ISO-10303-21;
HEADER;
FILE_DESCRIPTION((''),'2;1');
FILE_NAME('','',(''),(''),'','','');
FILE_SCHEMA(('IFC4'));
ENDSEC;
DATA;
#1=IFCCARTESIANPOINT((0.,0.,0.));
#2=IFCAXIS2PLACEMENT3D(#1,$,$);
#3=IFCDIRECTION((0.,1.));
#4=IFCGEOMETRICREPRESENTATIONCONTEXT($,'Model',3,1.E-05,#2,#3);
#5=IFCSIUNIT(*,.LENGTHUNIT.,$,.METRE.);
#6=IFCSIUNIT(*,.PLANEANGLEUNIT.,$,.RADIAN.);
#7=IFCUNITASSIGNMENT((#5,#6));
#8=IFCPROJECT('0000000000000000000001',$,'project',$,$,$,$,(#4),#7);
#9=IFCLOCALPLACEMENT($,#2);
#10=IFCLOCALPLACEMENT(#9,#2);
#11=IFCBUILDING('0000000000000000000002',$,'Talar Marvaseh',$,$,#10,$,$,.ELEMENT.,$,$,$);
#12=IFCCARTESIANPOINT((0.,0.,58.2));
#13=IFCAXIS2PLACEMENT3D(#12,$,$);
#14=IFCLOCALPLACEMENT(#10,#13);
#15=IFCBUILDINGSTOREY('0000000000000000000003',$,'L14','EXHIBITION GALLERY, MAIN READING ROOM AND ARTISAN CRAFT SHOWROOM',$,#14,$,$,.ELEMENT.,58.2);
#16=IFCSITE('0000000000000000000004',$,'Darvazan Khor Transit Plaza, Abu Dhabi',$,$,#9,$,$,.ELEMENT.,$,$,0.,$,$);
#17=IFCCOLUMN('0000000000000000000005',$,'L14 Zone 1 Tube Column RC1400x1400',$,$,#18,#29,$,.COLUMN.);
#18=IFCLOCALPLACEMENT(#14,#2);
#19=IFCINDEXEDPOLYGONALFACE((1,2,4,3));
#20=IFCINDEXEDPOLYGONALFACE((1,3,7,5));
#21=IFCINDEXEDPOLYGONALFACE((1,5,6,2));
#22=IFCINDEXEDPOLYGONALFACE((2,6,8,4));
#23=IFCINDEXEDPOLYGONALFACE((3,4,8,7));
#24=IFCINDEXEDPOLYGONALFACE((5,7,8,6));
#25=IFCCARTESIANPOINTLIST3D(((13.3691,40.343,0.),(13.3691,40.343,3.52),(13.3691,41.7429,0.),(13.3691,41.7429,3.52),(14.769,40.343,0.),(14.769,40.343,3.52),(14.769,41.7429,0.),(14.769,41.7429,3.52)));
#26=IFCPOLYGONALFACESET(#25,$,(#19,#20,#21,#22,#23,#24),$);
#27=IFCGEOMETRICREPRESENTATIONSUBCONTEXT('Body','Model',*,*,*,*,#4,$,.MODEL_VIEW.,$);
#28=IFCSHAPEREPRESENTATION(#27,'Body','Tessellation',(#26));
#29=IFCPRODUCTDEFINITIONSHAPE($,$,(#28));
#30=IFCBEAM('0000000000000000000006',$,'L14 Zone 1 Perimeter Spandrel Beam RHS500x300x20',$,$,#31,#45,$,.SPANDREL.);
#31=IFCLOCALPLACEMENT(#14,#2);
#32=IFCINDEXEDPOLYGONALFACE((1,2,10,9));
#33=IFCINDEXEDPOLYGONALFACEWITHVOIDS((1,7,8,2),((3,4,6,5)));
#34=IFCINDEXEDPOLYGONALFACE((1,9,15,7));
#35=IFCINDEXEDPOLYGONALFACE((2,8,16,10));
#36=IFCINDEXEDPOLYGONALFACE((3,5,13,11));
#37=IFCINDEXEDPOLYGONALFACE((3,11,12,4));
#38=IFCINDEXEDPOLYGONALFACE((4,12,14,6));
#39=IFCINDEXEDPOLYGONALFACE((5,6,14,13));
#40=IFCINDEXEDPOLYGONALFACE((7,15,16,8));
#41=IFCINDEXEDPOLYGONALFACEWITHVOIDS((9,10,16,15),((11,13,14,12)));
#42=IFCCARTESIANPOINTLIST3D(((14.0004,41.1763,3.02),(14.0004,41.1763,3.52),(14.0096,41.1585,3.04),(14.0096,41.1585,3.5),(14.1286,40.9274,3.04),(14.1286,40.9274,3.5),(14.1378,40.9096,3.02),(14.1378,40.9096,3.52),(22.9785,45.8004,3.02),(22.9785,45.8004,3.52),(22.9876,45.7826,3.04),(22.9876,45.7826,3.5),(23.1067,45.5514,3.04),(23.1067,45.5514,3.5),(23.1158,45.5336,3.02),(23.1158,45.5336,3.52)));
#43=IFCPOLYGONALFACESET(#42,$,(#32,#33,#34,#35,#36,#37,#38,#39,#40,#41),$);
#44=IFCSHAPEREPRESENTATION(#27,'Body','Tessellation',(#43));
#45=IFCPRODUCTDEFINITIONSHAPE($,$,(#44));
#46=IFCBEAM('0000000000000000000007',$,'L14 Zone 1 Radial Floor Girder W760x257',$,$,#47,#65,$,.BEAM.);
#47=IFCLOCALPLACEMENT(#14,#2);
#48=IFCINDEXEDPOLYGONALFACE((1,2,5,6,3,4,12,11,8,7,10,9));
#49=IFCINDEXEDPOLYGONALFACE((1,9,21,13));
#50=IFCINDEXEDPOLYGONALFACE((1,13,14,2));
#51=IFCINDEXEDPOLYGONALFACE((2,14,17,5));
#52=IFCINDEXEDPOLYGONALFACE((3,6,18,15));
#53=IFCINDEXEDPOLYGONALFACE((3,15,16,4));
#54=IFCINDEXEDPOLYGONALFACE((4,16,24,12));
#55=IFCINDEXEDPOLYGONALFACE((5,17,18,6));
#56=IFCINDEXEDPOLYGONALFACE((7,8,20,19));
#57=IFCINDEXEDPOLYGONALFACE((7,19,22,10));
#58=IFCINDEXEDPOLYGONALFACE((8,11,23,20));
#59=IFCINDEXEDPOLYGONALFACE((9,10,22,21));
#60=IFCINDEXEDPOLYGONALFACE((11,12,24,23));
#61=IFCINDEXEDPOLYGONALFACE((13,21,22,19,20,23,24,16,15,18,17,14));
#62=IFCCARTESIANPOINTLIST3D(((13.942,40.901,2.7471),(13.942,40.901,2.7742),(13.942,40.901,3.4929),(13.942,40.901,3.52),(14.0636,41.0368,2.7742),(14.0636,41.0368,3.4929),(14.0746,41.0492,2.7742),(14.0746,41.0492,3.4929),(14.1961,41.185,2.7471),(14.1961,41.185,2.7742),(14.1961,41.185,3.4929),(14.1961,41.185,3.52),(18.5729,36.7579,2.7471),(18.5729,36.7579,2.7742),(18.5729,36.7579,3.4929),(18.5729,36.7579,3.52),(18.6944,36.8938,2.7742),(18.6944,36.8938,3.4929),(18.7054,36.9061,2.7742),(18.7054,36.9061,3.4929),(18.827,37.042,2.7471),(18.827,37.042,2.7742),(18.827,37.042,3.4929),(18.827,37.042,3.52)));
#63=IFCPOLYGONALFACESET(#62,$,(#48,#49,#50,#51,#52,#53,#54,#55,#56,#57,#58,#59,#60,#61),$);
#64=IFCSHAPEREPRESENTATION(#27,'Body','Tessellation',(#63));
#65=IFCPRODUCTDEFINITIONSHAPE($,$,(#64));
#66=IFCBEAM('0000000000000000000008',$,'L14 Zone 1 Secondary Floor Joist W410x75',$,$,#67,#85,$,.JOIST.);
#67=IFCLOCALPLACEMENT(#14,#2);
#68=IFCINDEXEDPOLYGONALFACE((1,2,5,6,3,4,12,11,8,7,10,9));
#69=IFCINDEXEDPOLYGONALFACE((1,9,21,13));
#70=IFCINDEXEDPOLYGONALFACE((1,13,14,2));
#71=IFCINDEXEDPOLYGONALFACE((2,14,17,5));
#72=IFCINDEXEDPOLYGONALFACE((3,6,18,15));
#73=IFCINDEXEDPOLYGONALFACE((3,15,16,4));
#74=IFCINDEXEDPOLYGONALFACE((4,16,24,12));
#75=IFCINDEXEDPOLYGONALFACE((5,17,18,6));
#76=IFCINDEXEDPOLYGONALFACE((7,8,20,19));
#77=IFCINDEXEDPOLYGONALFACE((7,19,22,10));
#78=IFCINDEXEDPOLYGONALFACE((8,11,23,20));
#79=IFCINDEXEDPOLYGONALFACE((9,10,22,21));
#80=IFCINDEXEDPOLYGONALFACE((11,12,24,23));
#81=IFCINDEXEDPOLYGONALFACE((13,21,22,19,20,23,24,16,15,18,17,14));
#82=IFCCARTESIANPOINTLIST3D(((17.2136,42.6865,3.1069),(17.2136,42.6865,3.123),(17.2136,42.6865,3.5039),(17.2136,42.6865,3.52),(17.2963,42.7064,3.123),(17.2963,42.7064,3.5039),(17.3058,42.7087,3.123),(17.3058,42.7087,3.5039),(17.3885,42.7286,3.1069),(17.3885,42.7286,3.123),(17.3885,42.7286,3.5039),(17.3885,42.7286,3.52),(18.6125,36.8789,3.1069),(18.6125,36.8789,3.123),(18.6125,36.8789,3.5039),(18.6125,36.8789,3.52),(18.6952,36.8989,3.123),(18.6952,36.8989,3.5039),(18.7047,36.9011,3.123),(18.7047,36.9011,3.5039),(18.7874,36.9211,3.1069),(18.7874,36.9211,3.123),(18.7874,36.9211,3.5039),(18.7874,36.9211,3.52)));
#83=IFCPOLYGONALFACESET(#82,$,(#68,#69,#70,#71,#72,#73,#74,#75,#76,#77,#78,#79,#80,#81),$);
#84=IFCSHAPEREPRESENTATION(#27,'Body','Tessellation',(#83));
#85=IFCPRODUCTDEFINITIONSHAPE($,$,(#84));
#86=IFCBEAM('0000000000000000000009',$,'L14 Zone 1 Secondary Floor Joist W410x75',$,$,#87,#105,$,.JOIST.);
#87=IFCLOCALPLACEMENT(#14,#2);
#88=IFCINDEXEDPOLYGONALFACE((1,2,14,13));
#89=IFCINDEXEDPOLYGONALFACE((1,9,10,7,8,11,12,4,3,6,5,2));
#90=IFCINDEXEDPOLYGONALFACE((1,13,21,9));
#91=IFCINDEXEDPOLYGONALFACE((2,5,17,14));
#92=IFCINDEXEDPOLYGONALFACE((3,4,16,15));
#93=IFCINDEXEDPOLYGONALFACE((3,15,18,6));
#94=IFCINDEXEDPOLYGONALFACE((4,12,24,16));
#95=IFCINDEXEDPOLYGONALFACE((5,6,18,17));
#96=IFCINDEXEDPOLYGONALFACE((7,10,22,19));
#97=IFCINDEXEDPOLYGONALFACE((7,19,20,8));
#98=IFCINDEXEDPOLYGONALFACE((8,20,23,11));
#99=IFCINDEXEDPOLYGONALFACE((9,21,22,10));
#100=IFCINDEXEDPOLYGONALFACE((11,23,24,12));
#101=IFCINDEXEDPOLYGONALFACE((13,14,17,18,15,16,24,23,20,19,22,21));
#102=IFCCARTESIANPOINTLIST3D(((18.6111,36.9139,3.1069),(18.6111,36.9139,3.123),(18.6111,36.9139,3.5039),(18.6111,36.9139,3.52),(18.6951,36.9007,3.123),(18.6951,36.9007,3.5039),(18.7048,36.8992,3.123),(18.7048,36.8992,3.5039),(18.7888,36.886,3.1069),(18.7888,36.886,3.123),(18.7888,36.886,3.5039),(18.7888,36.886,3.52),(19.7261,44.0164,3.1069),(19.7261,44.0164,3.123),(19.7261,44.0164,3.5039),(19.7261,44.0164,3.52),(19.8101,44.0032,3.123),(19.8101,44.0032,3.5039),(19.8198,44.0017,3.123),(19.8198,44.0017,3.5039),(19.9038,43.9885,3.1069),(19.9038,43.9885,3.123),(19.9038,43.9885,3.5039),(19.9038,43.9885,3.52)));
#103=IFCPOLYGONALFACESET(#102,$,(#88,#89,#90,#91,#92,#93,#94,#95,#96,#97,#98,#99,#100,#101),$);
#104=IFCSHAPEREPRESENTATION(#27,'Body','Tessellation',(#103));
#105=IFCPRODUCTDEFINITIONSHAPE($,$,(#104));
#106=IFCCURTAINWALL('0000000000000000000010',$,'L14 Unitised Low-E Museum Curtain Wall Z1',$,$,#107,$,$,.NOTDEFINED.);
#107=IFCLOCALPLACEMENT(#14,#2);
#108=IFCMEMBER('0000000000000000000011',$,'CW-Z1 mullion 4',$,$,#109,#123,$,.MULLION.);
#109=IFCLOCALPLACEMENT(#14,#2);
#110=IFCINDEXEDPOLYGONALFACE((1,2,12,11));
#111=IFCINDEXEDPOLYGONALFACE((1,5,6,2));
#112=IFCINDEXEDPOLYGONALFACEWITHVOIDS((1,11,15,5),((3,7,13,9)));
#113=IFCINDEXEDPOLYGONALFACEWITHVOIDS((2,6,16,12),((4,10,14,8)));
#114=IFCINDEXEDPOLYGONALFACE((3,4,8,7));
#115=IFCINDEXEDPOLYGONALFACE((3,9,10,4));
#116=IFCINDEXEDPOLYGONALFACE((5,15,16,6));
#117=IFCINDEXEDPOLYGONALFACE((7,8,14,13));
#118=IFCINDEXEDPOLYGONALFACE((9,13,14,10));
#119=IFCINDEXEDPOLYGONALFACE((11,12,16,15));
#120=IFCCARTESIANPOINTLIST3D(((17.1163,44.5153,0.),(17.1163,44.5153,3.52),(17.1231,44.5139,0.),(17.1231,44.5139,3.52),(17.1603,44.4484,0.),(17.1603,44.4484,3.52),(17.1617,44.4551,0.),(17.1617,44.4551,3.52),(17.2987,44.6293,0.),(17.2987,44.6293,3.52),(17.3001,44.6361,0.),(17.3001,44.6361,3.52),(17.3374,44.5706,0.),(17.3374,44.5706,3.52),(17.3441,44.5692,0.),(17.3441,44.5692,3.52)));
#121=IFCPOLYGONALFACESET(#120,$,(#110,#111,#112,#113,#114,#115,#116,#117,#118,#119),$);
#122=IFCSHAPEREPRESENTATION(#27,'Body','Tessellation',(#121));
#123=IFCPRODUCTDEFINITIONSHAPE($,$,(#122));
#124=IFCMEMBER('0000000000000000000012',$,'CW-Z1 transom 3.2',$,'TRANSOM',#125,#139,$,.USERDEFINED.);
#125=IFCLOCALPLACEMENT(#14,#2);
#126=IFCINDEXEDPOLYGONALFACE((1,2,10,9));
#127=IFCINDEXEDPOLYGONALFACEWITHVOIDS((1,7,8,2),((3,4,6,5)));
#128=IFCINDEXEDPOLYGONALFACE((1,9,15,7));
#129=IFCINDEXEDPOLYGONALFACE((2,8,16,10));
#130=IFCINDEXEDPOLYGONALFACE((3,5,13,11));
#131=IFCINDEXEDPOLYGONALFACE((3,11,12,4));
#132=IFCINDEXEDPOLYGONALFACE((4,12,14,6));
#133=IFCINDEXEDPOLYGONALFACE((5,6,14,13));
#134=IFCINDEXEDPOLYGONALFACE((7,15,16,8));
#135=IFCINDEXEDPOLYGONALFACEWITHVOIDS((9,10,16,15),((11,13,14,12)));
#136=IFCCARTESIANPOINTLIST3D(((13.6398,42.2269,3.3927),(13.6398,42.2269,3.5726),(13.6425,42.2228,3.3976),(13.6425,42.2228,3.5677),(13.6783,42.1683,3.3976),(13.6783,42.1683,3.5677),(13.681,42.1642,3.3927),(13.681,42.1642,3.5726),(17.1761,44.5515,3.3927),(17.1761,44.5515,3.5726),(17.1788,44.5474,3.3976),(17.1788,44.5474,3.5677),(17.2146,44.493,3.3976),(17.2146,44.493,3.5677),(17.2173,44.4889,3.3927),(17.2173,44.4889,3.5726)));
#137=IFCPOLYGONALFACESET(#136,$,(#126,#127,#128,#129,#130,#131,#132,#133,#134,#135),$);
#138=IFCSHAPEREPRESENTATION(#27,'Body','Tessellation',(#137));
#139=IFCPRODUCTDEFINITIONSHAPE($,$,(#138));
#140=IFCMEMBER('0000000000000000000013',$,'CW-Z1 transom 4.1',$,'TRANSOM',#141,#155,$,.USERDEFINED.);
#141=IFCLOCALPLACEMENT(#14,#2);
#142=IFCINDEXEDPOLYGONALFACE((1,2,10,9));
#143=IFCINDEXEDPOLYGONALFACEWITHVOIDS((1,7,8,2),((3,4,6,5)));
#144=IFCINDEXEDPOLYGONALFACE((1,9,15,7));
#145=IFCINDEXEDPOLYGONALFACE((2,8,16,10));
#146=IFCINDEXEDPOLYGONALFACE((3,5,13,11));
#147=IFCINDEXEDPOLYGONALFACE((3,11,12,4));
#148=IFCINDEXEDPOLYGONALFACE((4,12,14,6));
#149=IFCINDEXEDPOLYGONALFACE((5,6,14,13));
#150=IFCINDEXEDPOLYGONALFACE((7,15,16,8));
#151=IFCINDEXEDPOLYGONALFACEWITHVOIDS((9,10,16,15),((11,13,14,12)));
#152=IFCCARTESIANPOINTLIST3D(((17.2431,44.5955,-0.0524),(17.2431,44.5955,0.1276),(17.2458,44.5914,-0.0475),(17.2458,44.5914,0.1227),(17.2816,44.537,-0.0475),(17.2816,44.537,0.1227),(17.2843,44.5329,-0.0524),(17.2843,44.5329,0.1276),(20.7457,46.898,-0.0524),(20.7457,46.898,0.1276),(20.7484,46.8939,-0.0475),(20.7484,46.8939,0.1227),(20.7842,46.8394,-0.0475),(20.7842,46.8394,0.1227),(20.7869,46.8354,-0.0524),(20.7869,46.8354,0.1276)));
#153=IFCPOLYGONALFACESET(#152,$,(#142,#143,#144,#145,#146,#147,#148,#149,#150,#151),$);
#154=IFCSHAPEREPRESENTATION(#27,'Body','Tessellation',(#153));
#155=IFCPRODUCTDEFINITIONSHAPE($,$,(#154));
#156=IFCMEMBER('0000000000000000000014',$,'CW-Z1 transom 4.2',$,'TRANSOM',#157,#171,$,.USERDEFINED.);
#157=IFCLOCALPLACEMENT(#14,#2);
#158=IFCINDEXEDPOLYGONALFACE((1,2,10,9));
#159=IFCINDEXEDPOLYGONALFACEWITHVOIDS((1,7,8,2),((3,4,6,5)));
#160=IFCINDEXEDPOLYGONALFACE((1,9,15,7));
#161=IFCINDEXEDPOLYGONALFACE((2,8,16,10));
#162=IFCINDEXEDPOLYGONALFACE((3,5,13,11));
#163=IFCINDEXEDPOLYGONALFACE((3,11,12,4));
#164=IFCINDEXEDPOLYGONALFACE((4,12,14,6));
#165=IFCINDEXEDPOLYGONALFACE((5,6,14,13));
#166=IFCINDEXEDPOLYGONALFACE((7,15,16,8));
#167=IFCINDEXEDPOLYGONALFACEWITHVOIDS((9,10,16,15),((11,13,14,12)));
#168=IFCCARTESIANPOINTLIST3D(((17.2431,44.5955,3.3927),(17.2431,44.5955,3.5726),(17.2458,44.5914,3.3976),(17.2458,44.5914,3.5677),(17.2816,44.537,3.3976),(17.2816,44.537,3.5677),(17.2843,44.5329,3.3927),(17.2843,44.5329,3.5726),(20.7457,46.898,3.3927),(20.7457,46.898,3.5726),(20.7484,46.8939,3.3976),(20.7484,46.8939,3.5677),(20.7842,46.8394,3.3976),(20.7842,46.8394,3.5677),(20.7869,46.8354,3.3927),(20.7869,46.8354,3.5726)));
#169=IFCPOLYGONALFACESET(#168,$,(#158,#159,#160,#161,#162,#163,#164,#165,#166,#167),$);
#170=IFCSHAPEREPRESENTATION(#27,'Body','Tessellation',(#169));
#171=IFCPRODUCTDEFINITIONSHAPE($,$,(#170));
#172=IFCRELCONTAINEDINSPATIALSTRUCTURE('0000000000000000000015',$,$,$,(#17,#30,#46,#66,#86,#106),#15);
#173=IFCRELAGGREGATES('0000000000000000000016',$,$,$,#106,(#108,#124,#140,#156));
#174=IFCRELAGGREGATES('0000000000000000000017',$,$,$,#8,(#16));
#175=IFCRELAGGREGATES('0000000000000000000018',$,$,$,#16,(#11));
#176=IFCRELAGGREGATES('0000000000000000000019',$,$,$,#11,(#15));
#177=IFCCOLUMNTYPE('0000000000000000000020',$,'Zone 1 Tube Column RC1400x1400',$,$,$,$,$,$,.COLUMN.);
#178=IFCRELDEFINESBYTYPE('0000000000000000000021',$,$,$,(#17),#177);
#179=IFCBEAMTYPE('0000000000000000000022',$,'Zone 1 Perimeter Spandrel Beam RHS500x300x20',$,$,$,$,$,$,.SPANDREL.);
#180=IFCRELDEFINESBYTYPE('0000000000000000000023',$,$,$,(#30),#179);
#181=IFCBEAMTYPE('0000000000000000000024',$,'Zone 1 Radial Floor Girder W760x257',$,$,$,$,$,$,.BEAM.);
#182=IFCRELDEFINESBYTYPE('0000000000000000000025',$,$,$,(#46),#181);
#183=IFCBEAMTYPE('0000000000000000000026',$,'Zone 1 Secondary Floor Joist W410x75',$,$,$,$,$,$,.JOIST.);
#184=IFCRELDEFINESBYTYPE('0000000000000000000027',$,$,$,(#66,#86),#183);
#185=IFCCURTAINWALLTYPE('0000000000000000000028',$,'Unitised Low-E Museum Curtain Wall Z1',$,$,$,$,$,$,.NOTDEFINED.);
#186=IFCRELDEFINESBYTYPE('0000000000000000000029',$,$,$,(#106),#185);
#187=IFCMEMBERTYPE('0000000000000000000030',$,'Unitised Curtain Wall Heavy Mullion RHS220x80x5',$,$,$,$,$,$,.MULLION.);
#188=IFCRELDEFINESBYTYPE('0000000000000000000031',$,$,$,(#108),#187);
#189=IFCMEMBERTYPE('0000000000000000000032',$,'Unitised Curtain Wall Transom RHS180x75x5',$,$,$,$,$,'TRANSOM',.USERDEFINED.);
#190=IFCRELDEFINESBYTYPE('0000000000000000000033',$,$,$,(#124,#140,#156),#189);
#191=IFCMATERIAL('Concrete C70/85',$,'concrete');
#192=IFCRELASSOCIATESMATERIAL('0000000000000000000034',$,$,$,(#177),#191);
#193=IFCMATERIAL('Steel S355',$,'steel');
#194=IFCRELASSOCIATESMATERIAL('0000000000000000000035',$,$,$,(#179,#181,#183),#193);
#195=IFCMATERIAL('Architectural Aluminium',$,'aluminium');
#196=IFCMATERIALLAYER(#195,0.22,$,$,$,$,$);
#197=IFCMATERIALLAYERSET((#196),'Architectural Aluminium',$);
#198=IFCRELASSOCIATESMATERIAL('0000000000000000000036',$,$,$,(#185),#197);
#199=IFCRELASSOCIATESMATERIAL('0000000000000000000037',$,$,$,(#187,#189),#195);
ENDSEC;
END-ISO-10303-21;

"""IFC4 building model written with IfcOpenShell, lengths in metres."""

from ifc_helpers import new_model, si_unit, direction, frame, origin, origin_2d, place, context, subcontext, project, spatial, rectangle, hollow_rectangle, i_section, extrude, source, transform, mapped, material, layer, layer_set, material_profile, profile_set, type_object, type_shapes, element, aggregate, save


model = new_model("IFC4")

# Units and contexts
model_context = context("Model", 3, precision=1e-05, world=origin(), true_north=direction((0.0, 1.0)))
body_context = subcontext(model_context, "Body", "Model", "MODEL_VIEW")
ifc_project = project(units=[si_unit("LENGTHUNIT", "METRE"), si_unit("PLANEANGLEUNIT", "RADIAN")], contexts=[model_context])

# Site, building, storey
site_placement = place(None, origin())
site = spatial("IfcSite", under=ifc_project, at=site_placement, Name="Darvazan Khor Transit Plaza, Abu Dhabi", CompositionType="ELEMENT", RefElevation=0.0)
building_placement = place(site_placement, origin())
building = spatial("IfcBuilding", under=site, at=building_placement, Name="Talar Marvaseh", CompositionType="ELEMENT")
storey_placement = place(building_placement, frame((0.0, 0.0, 58.2)))
storey = spatial("IfcBuildingStorey", under=building, at=storey_placement, Name="L14", Description="EXHIBITION GALLERY, MAIN READING ROOM AND ARTISAN CRAFT SHOWROOM", CompositionType="ELEMENT", Elevation=58.2)

# Column
ifc_material_1 = material(Name="Concrete C70/85", Category="concrete")
ifc_material_profile_1 = material_profile(ifc_material_1, rectangle(XDim=1.3999, YDim=1.3999, at=origin_2d()), Name="RC1400x1400")
ifc_profile_set_1 = profile_set([ifc_material_profile_1], Name="Concrete C70/85")
column_type = type_object("IfcColumnType", Name="Zone 1 Tube Column RC1400x1400", PredefinedType="COLUMN", material=ifc_profile_set_1)
column_placement = place(storey_placement, frame((14.0691, 41.043, 0.0), z_axis=(0.0, 0.0, 1.0), x_axis=(1.0, 0.0, 0.0)))
element("IfcColumn", 1, at=column_placement, inside=storey, type_object=column_type, Name="L14 Zone 1 Tube Column RC1400x1400", PredefinedType="COLUMN", context=body_context, shape_type="SweptSolid", body=[
    extrude(rectangle(XDim=1.3999, YDim=1.3999, at=origin_2d()), origin(), (0.0, 0.0, 1.0), 3.52),
])

# Beams
ifc_material_2 = material(Name="Steel S355", Category="steel")
ifc_material_profile_2 = material_profile(ifc_material_2, hollow_rectangle(XDim=0.3, YDim=0.5, WallThickness=0.02, at=origin_2d()), Name="RHS500x300x20")
ifc_profile_set_2 = profile_set([ifc_material_profile_2], Name="Steel S355")
beam_type_1 = type_object("IfcBeamType", Name="Zone 1 Perimeter Spandrel Beam RHS500x300x20", PredefinedType="SPANDREL", material=ifc_profile_set_2)
beam_1_placement = place(storey_placement, frame((14.0691, 41.043, 3.27), z_axis=(0.889016, 0.457877, 0.0), x_axis=(-0.457877, 0.889016, 0.0)))
element("IfcBeam", 2, at=beam_1_placement, inside=storey, type_object=beam_type_1, Name="L14 Zone 1 Perimeter Spandrel Beam RHS500x300x20", PredefinedType="SPANDREL", context=body_context, shape_type="SweptSolid", body=[
    extrude(hollow_rectangle(XDim=0.3, YDim=0.5, WallThickness=0.02, at=origin_2d()), origin(), (0.0, 0.0, 1.0), 10.0989),
])
ifc_material_profile_3 = material_profile(ifc_material_2, i_section(OverallWidth=0.3811, OverallDepth=0.7729, WebThickness=0.0166, FlangeThickness=0.0271, at=origin_2d()), Name="W760x257")
ifc_profile_set_3 = profile_set([ifc_material_profile_3], Name="Steel S355")
beam_type_2 = type_object("IfcBeamType", Name="Zone 1 Radial Floor Girder W760x257", PredefinedType="BEAM", material=ifc_profile_set_3)
beam_2_placement = place(storey_placement, frame((14.0691, 41.043, 3.1335), z_axis=(0.745268, -0.666765, 0.0), x_axis=(0.666765, 0.745268, 0.0)))
element("IfcBeam", 3, at=beam_2_placement, inside=storey, type_object=beam_type_2, Name="L14 Zone 1 Radial Floor Girder W760x257", PredefinedType="BEAM", context=body_context, shape_type="SweptSolid", body=[
    extrude(i_section(OverallWidth=0.3811, OverallDepth=0.7729, WebThickness=0.0166, FlangeThickness=0.0271, at=origin_2d()), origin(), (0.0, 0.0, 1.0), 6.2136),
])
ifc_material_profile_4 = material_profile(ifc_material_2, i_section(OverallWidth=0.1799, OverallDepth=0.4131, WebThickness=0.0098, FlangeThickness=0.0161, at=origin_2d()), Name="W410x75")
ifc_profile_set_4 = profile_set([ifc_material_profile_4], Name="Steel S355")
beam_type_3 = type_object("IfcBeamType", Name="Zone 1 Secondary Floor Joist W410x75", PredefinedType="JOIST", material=ifc_profile_set_4)
beam_3_placement = place(storey_placement, frame((17.301, 42.7075, 3.3135), z_axis=(0.23418, -0.972193, 0.0), x_axis=(0.972193, 0.23418, 0.0)))
element("IfcBeam", 4, at=beam_3_placement, inside=storey, type_object=beam_type_3, Name="L14 Zone 1 Secondary Floor Joist W410x75", PredefinedType="JOIST", context=body_context, shape_type="SweptSolid", body=[
    extrude(i_section(OverallWidth=0.1799, OverallDepth=0.4131, WebThickness=0.0098, FlangeThickness=0.0161, at=origin_2d()), origin(), (0.0, 0.0, 1.0), 5.9736),
])
beam_4_placement = place(storey_placement, frame((19.8149, 44.0024, 3.3135), z_axis=(-0.155085, -0.987901, 0.0), x_axis=(0.987901, -0.155085, 0.0)))
element("IfcBeam", 5, at=beam_4_placement, inside=storey, type_object=beam_type_3, Name="L14 Zone 1 Secondary Floor Joist W410x75", PredefinedType="JOIST", context=body_context, shape_type="SweptSolid", body=[
    extrude(i_section(OverallWidth=0.1799, OverallDepth=0.4131, WebThickness=0.0098, FlangeThickness=0.0161, at=origin_2d()), origin(), (0.0, 0.0, 1.0), 7.1895),
])

# Curtain wall, members
ifc_material_3 = material(Name="Architectural Aluminium", Category="aluminium")
ifc_layer_1 = layer(ifc_material_3, 0.22)
ifc_layer_set_1 = layer_set([ifc_layer_1], Name="Architectural Aluminium")
curtain_wall_type = type_object("IfcCurtainWallType", Name="Unitised Low-E Museum Curtain Wall Z1", PredefinedType="NOTDEFINED", material=ifc_layer_set_1)
curtain_wall_placement = place(storey_placement, origin())
curtain_wall = element("IfcCurtainWall", 6, at=curtain_wall_placement, inside=storey, type_object=curtain_wall_type, Name="L14 Unitised Low-E Museum Curtain Wall Z1", PredefinedType="NOTDEFINED")
ifc_material_profile_5 = material_profile(ifc_material_3, hollow_rectangle(XDim=0.0801, YDim=0.22, WallThickness=0.0049, at=origin_2d()), Name="RHS220x80x5")
ifc_profile_set_5 = profile_set([ifc_material_profile_5], Name="Architectural Aluminium")
member_type_1 = type_object("IfcMemberType", Name="Unitised Curtain Wall Heavy Mullion RHS220x80x5", PredefinedType="MULLION", material=ifc_profile_set_5)
shared_shape_1 = source(origin(), body_context, "Body", "SweptSolid", [
    extrude(hollow_rectangle(XDim=0.0801, YDim=0.22, WallThickness=0.0049, at=origin_2d()), origin(), (0.0, 0.0, 1.0), 3.52),
])
type_shapes(member_type_1, [shared_shape_1])
member_1_placement = place(storey_placement, frame((17.2302, 44.5422, 0.0), z_axis=(0.0, 0.0, 1.0), x_axis=(-0.549283, 0.835636, 0.0)))
member_1 = element("IfcMember", 7, at=member_1_placement, type_object=member_type_1, Name="CW-Z1 mullion 4", PredefinedType="MULLION", context=body_context, shape_type="MappedRepresentation", body=[
    mapped(shared_shape_1, transform((0.0, 0.0, 0.0), x_axis=(1.0, 0.0, 0.0), y_axis=(0.0, 1.0, 0.0), z_axis=(0.0, 0.0, 1.0), scale=1.0)),
])
ifc_material_profile_6 = material_profile(ifc_material_3, hollow_rectangle(XDim=0.075, YDim=0.1799, WallThickness=0.0049, at=origin_2d()), Name="RHS180x75x5")
ifc_profile_set_6 = profile_set([ifc_material_profile_6], Name="Architectural Aluminium")
member_type_2 = type_object("IfcMemberType", Name="Unitised Curtain Wall Transom RHS180x75x5", ElementType="TRANSOM", PredefinedType="USERDEFINED", material=ifc_profile_set_6)
shared_shape_2 = source(origin(), body_context, "Body", "SweptSolid", [
    extrude(hollow_rectangle(XDim=0.075, YDim=0.1799, WallThickness=0.0049, at=origin_2d()), origin(), (0.0, 0.0, 1.0), 4.2319),
])
member_2_placement = place(storey_placement, frame((13.6604, 42.1956, 3.4827), z_axis=(0.835618, 0.54931, 0.0), x_axis=(-0.54931, 0.835618, 0.0)))
member_2 = element("IfcMember", 8, at=member_2_placement, type_object=member_type_2, Name="CW-Z1 transom 3.2", ObjectType="TRANSOM", PredefinedType="USERDEFINED", context=body_context, shape_type="MappedRepresentation", body=[
    mapped(shared_shape_2, transform((0.0, 0.0, 0.0), x_axis=(1.0, 0.0, 0.0), y_axis=(0.0, 1.0, 0.0), z_axis=(0.0, 0.0, 1.0), scale=1.0)),
])
shared_shape_3 = source(origin(), body_context, "Body", "SweptSolid", [
    extrude(hollow_rectangle(XDim=0.075, YDim=0.1799, WallThickness=0.0049, at=origin_2d()), origin(), (0.0, 0.0, 1.0), 4.1917),
])
type_shapes(member_type_2, [shared_shape_2, shared_shape_3])
member_3_placement = place(storey_placement, frame((17.2637, 44.5642, 0.0376), z_axis=(0.835626, 0.549299, 0.0), x_axis=(-0.549299, 0.835626, 0.0)))
member_3 = element("IfcMember", 9, at=member_3_placement, type_object=member_type_2, Name="CW-Z1 transom 4.1", ObjectType="TRANSOM", PredefinedType="USERDEFINED", context=body_context, shape_type="MappedRepresentation", body=[
    mapped(shared_shape_3, transform((0.0, 0.0, 0.0), x_axis=(1.0, 0.0, 0.0), y_axis=(0.0, 1.0, 0.0), z_axis=(0.0, 0.0, 1.0), scale=1.0)),
])
member_4_placement = place(storey_placement, frame((17.2637, 44.5642, 3.4827), z_axis=(0.835626, 0.549299, 0.0), x_axis=(-0.549299, 0.835626, 0.0)))
member_4 = element("IfcMember", 10, at=member_4_placement, type_object=member_type_2, Name="CW-Z1 transom 4.2", ObjectType="TRANSOM", PredefinedType="USERDEFINED", context=body_context, shape_type="MappedRepresentation", body=[
    mapped(shared_shape_3, transform((0.0, 0.0, 0.0), x_axis=(1.0, 0.0, 0.0), y_axis=(0.0, 1.0, 0.0), z_axis=(0.0, 0.0, 1.0), scale=1.0)),
])
aggregate(curtain_wall, [member_1, member_2, member_3, member_4])

save(model, "model.ifc")
